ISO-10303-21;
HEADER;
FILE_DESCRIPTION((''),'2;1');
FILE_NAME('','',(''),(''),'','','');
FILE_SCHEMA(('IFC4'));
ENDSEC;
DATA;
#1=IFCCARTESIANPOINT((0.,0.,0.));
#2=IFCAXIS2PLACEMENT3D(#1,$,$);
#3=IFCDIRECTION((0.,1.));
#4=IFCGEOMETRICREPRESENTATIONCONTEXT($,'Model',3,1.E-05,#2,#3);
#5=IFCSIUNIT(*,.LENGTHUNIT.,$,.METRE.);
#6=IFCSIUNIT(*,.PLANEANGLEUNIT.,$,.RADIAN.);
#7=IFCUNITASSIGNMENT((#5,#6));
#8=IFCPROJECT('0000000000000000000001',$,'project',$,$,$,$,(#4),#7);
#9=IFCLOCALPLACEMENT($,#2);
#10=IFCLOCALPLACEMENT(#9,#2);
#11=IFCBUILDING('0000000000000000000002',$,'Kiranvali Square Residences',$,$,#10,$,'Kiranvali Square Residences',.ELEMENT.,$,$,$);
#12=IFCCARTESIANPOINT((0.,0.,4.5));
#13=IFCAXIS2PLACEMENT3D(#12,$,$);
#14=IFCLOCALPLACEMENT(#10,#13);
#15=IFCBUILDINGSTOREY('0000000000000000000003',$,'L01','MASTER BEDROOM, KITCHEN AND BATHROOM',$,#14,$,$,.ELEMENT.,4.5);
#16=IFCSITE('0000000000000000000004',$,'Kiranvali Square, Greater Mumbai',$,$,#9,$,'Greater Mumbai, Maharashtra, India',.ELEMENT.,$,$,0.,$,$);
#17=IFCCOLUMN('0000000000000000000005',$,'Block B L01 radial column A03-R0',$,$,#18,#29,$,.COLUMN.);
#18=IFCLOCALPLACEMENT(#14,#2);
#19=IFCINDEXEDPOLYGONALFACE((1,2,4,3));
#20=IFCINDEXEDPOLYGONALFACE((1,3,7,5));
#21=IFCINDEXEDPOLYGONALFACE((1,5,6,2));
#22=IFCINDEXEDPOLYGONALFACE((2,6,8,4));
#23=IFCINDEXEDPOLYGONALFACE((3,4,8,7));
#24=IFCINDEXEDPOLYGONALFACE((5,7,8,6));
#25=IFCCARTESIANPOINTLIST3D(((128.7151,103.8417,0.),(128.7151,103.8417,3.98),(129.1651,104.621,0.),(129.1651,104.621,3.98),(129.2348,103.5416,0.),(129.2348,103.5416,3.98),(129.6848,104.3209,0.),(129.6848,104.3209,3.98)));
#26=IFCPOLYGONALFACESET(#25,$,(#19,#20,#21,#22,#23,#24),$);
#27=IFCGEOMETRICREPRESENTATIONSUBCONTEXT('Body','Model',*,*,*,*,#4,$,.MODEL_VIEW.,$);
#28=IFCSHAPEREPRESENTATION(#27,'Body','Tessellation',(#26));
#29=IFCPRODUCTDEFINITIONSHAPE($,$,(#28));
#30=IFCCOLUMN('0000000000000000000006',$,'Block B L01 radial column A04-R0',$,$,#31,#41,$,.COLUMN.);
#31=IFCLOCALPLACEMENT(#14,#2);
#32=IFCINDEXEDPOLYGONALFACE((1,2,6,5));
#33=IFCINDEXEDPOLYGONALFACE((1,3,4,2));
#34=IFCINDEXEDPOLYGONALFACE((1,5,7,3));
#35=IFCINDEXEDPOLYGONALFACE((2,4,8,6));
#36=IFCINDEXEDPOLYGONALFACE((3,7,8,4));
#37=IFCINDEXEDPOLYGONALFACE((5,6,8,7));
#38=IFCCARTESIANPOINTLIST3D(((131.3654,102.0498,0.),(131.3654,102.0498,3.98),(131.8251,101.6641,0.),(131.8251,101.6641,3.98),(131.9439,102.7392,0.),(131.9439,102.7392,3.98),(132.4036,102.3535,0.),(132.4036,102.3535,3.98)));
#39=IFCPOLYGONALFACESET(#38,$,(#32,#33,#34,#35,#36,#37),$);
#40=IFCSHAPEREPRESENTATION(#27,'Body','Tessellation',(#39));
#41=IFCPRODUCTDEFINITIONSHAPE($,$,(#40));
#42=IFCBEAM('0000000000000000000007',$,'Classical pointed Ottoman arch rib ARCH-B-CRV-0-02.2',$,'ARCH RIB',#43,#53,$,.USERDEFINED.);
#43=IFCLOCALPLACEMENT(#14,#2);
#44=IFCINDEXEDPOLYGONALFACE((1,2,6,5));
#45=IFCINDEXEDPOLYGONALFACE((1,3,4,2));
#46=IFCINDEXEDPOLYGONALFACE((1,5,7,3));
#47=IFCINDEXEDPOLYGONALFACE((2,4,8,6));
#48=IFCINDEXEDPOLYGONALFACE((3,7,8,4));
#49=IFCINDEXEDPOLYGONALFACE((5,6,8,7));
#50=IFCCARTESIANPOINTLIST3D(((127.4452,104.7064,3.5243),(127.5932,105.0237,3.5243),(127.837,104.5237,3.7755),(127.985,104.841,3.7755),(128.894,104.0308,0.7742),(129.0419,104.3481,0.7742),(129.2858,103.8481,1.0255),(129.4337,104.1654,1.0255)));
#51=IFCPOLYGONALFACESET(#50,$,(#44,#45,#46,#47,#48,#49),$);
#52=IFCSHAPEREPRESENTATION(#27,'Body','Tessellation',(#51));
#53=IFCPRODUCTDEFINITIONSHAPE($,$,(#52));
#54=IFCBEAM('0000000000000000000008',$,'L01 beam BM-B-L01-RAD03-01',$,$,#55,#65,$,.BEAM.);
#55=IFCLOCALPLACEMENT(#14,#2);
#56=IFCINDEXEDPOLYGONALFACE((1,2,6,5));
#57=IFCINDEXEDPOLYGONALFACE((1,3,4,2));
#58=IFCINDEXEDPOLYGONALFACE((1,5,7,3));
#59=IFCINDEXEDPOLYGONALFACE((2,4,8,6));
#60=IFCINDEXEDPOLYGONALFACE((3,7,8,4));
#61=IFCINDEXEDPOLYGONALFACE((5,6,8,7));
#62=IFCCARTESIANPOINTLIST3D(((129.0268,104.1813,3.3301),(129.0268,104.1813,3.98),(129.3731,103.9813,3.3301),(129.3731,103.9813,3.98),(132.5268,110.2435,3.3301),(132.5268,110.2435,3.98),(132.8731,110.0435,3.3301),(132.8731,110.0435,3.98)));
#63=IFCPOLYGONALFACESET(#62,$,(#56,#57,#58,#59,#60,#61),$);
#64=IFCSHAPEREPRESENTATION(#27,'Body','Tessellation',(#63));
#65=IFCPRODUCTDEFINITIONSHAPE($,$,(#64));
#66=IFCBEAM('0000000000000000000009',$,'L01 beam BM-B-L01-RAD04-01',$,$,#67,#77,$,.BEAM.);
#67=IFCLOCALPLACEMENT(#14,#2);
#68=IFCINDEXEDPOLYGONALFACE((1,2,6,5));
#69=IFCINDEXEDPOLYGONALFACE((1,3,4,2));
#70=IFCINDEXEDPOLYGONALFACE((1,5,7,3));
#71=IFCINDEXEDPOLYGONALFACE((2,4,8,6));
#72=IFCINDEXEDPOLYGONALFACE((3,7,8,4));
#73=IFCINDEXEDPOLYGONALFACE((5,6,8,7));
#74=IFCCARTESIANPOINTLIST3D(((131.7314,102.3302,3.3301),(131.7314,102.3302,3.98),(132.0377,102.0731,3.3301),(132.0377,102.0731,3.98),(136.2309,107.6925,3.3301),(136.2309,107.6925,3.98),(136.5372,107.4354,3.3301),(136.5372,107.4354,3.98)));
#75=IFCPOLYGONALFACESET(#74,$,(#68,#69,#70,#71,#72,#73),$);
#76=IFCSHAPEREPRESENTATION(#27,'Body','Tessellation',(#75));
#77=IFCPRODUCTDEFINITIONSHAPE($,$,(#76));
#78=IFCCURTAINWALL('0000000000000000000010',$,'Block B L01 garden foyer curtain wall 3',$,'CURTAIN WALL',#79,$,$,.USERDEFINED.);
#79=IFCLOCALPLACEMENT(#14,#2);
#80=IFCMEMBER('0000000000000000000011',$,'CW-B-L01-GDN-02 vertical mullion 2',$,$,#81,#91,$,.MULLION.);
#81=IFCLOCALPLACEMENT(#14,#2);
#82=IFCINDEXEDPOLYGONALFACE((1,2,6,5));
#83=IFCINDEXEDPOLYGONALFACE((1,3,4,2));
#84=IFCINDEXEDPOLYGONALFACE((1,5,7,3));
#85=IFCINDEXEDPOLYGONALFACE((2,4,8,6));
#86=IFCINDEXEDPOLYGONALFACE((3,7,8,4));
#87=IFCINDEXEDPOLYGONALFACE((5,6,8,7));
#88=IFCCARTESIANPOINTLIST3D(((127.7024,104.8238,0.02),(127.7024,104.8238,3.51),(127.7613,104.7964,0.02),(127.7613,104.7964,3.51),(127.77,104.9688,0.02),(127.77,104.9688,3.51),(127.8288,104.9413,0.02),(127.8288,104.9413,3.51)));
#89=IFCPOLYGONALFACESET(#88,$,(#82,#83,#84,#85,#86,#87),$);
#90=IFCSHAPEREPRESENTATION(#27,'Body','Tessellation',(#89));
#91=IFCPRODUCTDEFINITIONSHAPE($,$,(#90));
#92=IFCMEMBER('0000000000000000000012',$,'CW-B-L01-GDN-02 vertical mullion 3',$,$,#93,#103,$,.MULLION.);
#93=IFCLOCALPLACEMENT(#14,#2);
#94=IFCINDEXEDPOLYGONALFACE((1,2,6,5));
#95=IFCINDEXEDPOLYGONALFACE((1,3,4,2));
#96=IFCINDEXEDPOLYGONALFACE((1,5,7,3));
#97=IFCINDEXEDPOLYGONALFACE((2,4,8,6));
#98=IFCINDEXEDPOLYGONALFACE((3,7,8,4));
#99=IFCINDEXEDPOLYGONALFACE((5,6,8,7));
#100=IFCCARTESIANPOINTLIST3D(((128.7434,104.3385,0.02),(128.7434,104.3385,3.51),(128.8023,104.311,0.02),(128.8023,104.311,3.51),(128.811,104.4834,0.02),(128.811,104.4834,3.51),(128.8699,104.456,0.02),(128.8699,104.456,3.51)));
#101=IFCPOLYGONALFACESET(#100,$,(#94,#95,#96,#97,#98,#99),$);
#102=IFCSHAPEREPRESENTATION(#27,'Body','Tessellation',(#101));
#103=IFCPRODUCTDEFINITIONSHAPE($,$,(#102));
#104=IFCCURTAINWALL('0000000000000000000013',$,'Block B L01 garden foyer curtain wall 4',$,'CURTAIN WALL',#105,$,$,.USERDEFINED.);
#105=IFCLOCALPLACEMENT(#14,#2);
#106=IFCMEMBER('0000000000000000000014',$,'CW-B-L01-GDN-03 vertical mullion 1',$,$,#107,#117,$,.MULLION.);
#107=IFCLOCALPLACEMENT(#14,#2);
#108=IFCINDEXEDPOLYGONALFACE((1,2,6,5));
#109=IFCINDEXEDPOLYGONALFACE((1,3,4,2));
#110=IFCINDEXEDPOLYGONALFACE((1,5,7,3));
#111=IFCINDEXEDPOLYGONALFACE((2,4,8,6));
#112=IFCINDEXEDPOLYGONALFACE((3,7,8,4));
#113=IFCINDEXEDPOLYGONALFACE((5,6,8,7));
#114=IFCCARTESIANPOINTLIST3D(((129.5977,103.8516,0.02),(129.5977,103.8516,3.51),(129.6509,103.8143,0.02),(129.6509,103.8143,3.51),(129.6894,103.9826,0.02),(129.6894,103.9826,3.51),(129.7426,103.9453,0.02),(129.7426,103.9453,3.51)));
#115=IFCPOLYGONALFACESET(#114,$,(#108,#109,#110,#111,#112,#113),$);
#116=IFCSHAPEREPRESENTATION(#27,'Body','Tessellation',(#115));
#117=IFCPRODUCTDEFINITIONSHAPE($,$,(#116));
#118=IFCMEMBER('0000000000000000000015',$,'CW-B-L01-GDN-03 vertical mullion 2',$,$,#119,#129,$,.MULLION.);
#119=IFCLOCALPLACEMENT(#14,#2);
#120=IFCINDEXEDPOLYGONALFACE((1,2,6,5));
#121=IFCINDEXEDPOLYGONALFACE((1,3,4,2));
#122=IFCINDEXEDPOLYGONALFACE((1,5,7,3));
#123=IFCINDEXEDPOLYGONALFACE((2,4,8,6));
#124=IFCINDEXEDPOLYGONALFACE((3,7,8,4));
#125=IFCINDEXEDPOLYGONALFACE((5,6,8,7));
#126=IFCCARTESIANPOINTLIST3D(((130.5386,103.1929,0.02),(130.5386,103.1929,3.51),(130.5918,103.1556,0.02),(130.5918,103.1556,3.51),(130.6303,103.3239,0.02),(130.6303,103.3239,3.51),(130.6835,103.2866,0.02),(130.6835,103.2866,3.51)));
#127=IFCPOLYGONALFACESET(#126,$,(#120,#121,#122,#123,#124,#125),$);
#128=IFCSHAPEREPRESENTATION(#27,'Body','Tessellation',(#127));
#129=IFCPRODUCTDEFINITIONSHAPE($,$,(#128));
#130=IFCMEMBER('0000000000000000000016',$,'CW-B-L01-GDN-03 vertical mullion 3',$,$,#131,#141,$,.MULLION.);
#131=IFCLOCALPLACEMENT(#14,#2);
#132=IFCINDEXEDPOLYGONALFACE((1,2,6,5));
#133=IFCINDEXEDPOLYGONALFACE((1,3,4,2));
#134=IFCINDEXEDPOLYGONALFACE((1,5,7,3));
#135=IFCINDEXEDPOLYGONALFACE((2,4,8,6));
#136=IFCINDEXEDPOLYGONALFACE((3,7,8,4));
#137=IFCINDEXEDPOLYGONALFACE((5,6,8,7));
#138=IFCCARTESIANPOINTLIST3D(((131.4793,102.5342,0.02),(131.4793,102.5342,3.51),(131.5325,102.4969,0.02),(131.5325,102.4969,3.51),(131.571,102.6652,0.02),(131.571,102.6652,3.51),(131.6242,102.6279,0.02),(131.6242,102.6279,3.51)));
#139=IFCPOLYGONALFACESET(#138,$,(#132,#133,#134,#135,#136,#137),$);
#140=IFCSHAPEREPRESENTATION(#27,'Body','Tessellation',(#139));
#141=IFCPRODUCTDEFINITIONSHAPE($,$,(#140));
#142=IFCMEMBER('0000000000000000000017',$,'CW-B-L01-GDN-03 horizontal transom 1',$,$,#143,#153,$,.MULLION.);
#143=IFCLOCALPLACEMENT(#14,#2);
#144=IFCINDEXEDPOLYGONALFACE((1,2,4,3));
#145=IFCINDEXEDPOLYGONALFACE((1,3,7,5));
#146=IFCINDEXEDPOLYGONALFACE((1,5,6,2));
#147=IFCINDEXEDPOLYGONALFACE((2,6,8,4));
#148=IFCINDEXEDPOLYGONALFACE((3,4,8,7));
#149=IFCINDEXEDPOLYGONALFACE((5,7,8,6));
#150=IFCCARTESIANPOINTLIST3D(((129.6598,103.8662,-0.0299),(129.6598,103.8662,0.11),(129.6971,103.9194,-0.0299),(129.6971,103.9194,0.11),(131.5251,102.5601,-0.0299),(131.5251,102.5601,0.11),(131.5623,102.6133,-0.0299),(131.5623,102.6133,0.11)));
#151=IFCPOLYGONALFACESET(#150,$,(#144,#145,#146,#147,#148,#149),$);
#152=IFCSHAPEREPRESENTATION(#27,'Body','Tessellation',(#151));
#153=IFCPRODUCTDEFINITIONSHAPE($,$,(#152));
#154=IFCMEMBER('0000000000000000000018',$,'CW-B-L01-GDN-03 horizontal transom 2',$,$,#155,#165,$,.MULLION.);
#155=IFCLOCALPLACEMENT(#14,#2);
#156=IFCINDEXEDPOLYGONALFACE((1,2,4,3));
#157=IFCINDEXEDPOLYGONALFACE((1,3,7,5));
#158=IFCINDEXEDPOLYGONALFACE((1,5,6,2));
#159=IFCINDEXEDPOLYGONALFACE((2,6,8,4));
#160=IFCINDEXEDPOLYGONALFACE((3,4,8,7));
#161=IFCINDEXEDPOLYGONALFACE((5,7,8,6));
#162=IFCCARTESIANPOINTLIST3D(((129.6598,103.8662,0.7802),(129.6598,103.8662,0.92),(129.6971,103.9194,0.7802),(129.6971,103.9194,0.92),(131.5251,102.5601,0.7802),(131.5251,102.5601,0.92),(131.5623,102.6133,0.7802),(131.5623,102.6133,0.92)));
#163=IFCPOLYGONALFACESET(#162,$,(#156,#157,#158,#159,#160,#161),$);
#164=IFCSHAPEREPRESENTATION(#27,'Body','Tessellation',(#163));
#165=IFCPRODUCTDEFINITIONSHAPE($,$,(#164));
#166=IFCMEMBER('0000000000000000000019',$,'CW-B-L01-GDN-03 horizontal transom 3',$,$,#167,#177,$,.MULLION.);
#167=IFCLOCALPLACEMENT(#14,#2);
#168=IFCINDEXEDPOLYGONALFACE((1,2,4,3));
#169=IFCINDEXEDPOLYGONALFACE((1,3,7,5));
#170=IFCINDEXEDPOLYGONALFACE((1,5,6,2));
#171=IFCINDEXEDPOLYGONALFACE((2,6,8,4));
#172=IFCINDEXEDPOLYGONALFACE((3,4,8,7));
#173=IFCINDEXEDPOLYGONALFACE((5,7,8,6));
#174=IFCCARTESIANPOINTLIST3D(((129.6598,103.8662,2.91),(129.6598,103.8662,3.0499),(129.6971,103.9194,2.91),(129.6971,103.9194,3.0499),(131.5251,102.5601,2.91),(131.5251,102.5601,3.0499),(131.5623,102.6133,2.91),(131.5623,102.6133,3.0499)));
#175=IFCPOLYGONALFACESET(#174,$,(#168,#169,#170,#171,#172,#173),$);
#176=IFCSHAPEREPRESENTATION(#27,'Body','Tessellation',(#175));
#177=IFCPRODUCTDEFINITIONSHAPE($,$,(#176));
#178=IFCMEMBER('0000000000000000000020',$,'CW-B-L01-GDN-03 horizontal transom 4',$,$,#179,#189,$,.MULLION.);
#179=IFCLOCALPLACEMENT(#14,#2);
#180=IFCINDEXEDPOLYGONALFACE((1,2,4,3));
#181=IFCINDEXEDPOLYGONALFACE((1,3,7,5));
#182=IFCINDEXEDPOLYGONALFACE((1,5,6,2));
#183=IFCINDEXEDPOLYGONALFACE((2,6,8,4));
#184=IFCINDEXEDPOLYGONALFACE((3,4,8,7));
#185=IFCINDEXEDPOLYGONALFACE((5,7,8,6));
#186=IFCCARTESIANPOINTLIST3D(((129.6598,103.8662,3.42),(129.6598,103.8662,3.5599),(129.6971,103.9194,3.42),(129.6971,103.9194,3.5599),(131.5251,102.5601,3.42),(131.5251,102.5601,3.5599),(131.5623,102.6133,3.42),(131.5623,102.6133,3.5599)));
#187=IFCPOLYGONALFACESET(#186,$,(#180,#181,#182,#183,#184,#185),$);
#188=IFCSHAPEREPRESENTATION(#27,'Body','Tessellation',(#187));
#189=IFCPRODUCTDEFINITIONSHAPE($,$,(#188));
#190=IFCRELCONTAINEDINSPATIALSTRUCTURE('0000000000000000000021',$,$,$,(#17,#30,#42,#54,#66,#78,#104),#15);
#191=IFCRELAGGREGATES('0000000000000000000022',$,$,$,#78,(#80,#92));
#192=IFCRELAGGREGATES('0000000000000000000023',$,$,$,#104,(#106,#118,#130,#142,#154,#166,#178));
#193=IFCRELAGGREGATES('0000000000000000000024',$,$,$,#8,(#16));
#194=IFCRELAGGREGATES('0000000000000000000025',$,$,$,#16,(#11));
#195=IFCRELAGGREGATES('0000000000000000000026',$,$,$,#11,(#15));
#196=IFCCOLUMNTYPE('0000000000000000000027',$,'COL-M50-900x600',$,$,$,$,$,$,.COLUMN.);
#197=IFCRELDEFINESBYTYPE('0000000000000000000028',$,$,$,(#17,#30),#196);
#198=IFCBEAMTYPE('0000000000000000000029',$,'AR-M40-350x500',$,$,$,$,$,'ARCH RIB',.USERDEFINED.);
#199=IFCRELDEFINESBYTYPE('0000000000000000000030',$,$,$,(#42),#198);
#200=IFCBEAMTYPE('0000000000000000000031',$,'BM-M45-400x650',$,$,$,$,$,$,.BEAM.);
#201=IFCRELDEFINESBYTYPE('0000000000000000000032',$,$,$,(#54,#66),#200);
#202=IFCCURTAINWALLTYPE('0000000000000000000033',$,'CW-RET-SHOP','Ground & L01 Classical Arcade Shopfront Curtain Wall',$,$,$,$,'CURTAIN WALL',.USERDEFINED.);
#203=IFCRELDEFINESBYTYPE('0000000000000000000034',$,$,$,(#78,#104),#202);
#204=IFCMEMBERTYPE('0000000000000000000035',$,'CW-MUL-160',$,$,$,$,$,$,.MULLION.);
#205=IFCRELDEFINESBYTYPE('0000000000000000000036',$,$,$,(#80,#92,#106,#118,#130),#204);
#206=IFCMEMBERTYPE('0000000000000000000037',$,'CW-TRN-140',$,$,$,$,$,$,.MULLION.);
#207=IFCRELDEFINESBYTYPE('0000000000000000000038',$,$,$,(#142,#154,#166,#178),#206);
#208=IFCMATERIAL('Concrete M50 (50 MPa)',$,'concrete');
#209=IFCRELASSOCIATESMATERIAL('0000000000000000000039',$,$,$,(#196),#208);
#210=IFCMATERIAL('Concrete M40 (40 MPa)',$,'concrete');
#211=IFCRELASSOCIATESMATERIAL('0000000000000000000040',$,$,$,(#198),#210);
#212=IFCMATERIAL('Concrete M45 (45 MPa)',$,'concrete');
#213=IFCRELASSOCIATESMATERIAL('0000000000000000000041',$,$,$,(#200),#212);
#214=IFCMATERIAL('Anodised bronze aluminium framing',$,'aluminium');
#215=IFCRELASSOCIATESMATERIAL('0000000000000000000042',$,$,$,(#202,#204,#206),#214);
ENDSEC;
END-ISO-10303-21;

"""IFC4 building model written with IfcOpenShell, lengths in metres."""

from ifc_helpers import new_model, si_unit, direction, frame, origin, origin_2d, place, context, subcontext, project, spatial, rectangle, extrude, material, material_profile, profile_set, type_object, element, aggregate, save


model = new_model("IFC4")

# Units and contexts
model_context = context("Model", 3, precision=1e-05, world=origin(), true_north=direction((0.0, 1.0)))
body_context = subcontext(model_context, "Body", "Model", "MODEL_VIEW")
ifc_project = project(units=[si_unit("LENGTHUNIT", "METRE"), si_unit("PLANEANGLEUNIT", "RADIAN")], contexts=[model_context])

# Site, building, storey
site_placement = place(None, origin())
site = spatial("IfcSite", under=ifc_project, at=site_placement, Name="Kiranvali Square, Greater Mumbai", LongName="Greater Mumbai, Maharashtra, India", CompositionType="ELEMENT", RefElevation=0.0)
building_placement = place(site_placement, origin())
building = spatial("IfcBuilding", under=site, at=building_placement, Name="Kiranvali Square Residences", LongName="Kiranvali Square Residences", CompositionType="ELEMENT")
storey_placement = place(building_placement, frame((0.0, 0.0, 4.5)))
storey = spatial("IfcBuildingStorey", under=building, at=storey_placement, Name="L01", Description="MASTER BEDROOM, KITCHEN AND BATHROOM", CompositionType="ELEMENT", Elevation=4.5)

# Columns
ifc_material_1 = material(Name="Concrete M50 (50 MPa)", Category="concrete")
ifc_material_profile_1 = material_profile(ifc_material_1, rectangle(XDim=0.6001, YDim=0.8999, at=origin_2d()), Name="RC 900x600")
ifc_profile_set_1 = profile_set([ifc_material_profile_1], Name="Concrete M50 (50 MPa)")
column_type = type_object("IfcColumnType", Name="COL-M50-900x600", PredefinedType="COLUMN", material=ifc_profile_set_1)
for number, where, z_axis, x_axis, name in (
    (1, (129.2, 104.0813, 0.0), (0.0, 0.0, 1.0), (-0.866025, 0.5, 0.0), "Block B L01 radial column A03-R0"),
    (2, (131.8845, 102.2017, 0.0), (0.0, 0.0, 1.0), (-0.766044, 0.642788, 0.0), "Block B L01 radial column A04-R0"),
):
    element("IfcColumn", number, at=place(storey_placement, frame(where, z_axis=z_axis, x_axis=x_axis)), inside=storey, type_object=column_type, Name=name, PredefinedType="COLUMN", context=body_context, shape_type="SweptSolid", body=[
        extrude(rectangle(XDim=0.6001, YDim=0.8999, at=origin_2d()), origin(), (0.0, 0.0, 1.0), 3.98),
    ])

# Beams
ifc_material_2 = material(Name="Concrete M40 (40 MPa)", Category="concrete")
ifc_material_profile_2 = material_profile(ifc_material_2, rectangle(XDim=0.3501, YDim=0.5, at=origin_2d()), Name="RC 350x500")
ifc_profile_set_2 = profile_set([ifc_material_profile_2], Name="Concrete M40 (40 MPa)")
beam_type_1 = type_object("IfcBeamType", Name="AR-M40-350x500", ElementType="ARCH RIB", PredefinedType="USERDEFINED", material=ifc_profile_set_2)
beam_1_placement = place(storey_placement, frame((127.7151, 104.7737, 3.6499), z_axis=(0.455457, -0.212378, -0.864555), x_axis=(0.42261, 0.906312, 0.0)))
element("IfcBeam", 3, at=beam_1_placement, inside=storey, type_object=beam_type_1, Name="Classical pointed Ottoman arch rib ARCH-B-CRV-0-02.2", ObjectType="ARCH RIB", PredefinedType="USERDEFINED", context=body_context, shape_type="SweptSolid", body=[
    extrude(rectangle(XDim=0.3501, YDim=0.5, at=origin_2d()), origin(), (0.0, 0.0, 1.0), 3.1809),
])
ifc_material_3 = material(Name="Concrete M45 (45 MPa)", Category="concrete")
ifc_material_profile_3 = material_profile(ifc_material_3, rectangle(XDim=0.3999, YDim=0.6499, at=origin_2d()), Name="RC 400x650")
ifc_profile_set_3 = profile_set([ifc_material_profile_3], Name="Concrete M45 (45 MPa)")
beam_type_2 = type_object("IfcBeamType", Name="BM-M45-400x650", PredefinedType="BEAM", material=ifc_profile_set_3)
for number, where, z_axis, x_axis, name in (
    (4, (129.2, 104.0813, 3.655), (0.499995, 0.866028, 0.0), (-0.866028, 0.499995, 0.0), "L01 beam BM-B-L01-RAD03-01"),
    (5, (131.8845, 102.2017, 3.655), (0.642788, 0.766044, 0.0), (-0.766044, 0.642788, 0.0), "L01 beam BM-B-L01-RAD04-01"),
):
    element("IfcBeam", number, at=place(storey_placement, frame(where, z_axis=z_axis, x_axis=x_axis)), inside=storey, type_object=beam_type_2, Name=name, PredefinedType="BEAM", context=body_context, shape_type="SweptSolid", body=[
        extrude(rectangle(XDim=0.3999, YDim=0.6499, at=origin_2d()), origin(), (0.0, 0.0, 1.0), 7.0),
    ])

# Curtain walls, members
ifc_material_4 = material(Name="Anodised bronze aluminium framing", Category="aluminium")
curtain_wall_type = type_object("IfcCurtainWallType", Name="CW-RET-SHOP", Description="Ground & L01 Classical Arcade Shopfront Curtain Wall", ElementType="CURTAIN WALL", PredefinedType="USERDEFINED", material=ifc_material_4)
curtain_wall_1_placement = place(storey_placement, origin())
curtain_wall_1 = element("IfcCurtainWall", 6, at=curtain_wall_1_placement, inside=storey, type_object=curtain_wall_type, Name="Block B L01 garden foyer curtain wall 3", ObjectType="CURTAIN WALL", PredefinedType="USERDEFINED")
ifc_material_profile_4 = material_profile(ifc_material_4, rectangle(XDim=0.0649, YDim=0.1599, at=origin_2d()), Name="ALU 65x160")
ifc_profile_set_4 = profile_set([ifc_material_profile_4], Name="Anodised bronze aluminium framing")
member_type_1 = type_object("IfcMemberType", Name="CW-MUL-160", PredefinedType="MULLION", material=ifc_profile_set_4)
member_1_placement = place(storey_placement, frame((127.7656, 104.8826, 0.02), z_axis=(0.0, 0.0, 1.0), x_axis=(0.906308, -0.422618, 0.0)))
member_1 = element("IfcMember", 7, at=member_1_placement, type_object=member_type_1, Name="CW-B-L01-GDN-02 vertical mullion 2", PredefinedType="MULLION", context=body_context, shape_type="SweptSolid", body=[
    extrude(rectangle(XDim=0.0649, YDim=0.1599, at=origin_2d()), origin(), (0.0, 0.0, 1.0), 3.49),
])
member_2_placement = place(storey_placement, frame((128.8066, 104.3972, 0.02), z_axis=(0.0, 0.0, 1.0), x_axis=(0.906308, -0.422618, 0.0)))
member_2 = element("IfcMember", 8, at=member_2_placement, type_object=member_type_1, Name="CW-B-L01-GDN-02 vertical mullion 3", PredefinedType="MULLION", context=body_context, shape_type="SweptSolid", body=[
    extrude(rectangle(XDim=0.0649, YDim=0.1599, at=origin_2d()), origin(), (0.0, 0.0, 1.0), 3.49),
])
curtain_wall_2_placement = place(storey_placement, origin())
curtain_wall_2 = element("IfcCurtainWall", 9, at=curtain_wall_2_placement, inside=storey, type_object=curtain_wall_type, Name="Block B L01 garden foyer curtain wall 4", ObjectType="CURTAIN WALL", PredefinedType="USERDEFINED")
member_3_placement = place(storey_placement, frame((129.6702, 103.8984, 0.02), z_axis=(0.0, 0.0, 1.0), x_axis=(0.819152, -0.573576, 0.0)))
member_3 = element("IfcMember", 10, at=member_3_placement, type_object=member_type_1, Name="CW-B-L01-GDN-03 vertical mullion 1", PredefinedType="MULLION", context=body_context, shape_type="SweptSolid", body=[
    extrude(rectangle(XDim=0.0649, YDim=0.1599, at=origin_2d()), origin(), (0.0, 0.0, 1.0), 3.49),
])
member_4_placement = place(storey_placement, frame((130.6111, 103.2397, 0.02), z_axis=(0.0, 0.0, 1.0), x_axis=(0.819152, -0.573576, 0.0)))
member_4 = element("IfcMember", 11, at=member_4_placement, type_object=member_type_1, Name="CW-B-L01-GDN-03 vertical mullion 2", PredefinedType="MULLION", context=body_context, shape_type="SweptSolid", body=[
    extrude(rectangle(XDim=0.0649, YDim=0.1599, at=origin_2d()), origin(), (0.0, 0.0, 1.0), 3.49),
])
member_5_placement = place(storey_placement, frame((131.5518, 102.5811, 0.02), z_axis=(0.0, 0.0, 1.0), x_axis=(0.819152, -0.573576, 0.0)))
member_5 = element("IfcMember", 12, at=member_5_placement, type_object=member_type_1, Name="CW-B-L01-GDN-03 vertical mullion 3", PredefinedType="MULLION", context=body_context, shape_type="SweptSolid", body=[
    extrude(rectangle(XDim=0.0649, YDim=0.1599, at=origin_2d()), origin(), (0.0, 0.0, 1.0), 3.49),
])
ifc_material_profile_5 = material_profile(ifc_material_4, rectangle(XDim=0.0649, YDim=0.1399, at=origin_2d()), Name="ALU 65x140")
ifc_profile_set_5 = profile_set([ifc_material_profile_5], Name="Anodised bronze aluminium framing")
member_type_2 = type_object("IfcMemberType", Name="CW-TRN-140", PredefinedType="MULLION", material=ifc_profile_set_5)
member_6_placement = place(storey_placement, frame((129.6785, 103.8928, 0.04), z_axis=(0.819131, -0.573606, 0.0), x_axis=(0.573606, 0.819131, 0.0)))
member_6 = element("IfcMember", 13, at=member_6_placement, type_object=member_type_2, Name="CW-B-L01-GDN-03 horizontal transom 1", PredefinedType="MULLION", context=body_context, shape_type="SweptSolid", body=[
    extrude(rectangle(XDim=0.0649, YDim=0.1399, at=origin_2d()), origin(), (0.0, 0.0, 1.0), 2.2771),
])
member_7_placement = place(storey_placement, frame((129.6785, 103.8928, 0.8501), z_axis=(0.819131, -0.573606, 0.0), x_axis=(0.573606, 0.819131, 0.0)))
member_7 = element("IfcMember", 14, at=member_7_placement, type_object=member_type_2, Name="CW-B-L01-GDN-03 horizontal transom 2", PredefinedType="MULLION", context=body_context, shape_type="SweptSolid", body=[
    extrude(rectangle(XDim=0.0649, YDim=0.1399, at=origin_2d()), origin(), (0.0, 0.0, 1.0), 2.2771),
])
member_8_placement = place(storey_placement, frame((129.6785, 103.8928, 2.98), z_axis=(0.819131, -0.573606, 0.0), x_axis=(0.573606, 0.819131, 0.0)))
member_8 = element("IfcMember", 15, at=member_8_placement, type_object=member_type_2, Name="CW-B-L01-GDN-03 horizontal transom 3", PredefinedType="MULLION", context=body_context, shape_type="SweptSolid", body=[
    extrude(rectangle(XDim=0.0649, YDim=0.1399, at=origin_2d()), origin(), (0.0, 0.0, 1.0), 2.2771),
])
member_9_placement = place(storey_placement, frame((129.6785, 103.8928, 3.49), z_axis=(0.819131, -0.573606, 0.0), x_axis=(0.573606, 0.819131, 0.0)))
member_9 = element("IfcMember", 16, at=member_9_placement, type_object=member_type_2, Name="CW-B-L01-GDN-03 horizontal transom 4", PredefinedType="MULLION", context=body_context, shape_type="SweptSolid", body=[
    extrude(rectangle(XDim=0.0649, YDim=0.1399, at=origin_2d()), origin(), (0.0, 0.0, 1.0), 2.2771),
])

aggregate(curtain_wall_1, [member_1, member_2])
aggregate(curtain_wall_2, [member_3, member_4, member_5, member_6, member_7, member_8, member_9])

save(model, "model.ifc")
